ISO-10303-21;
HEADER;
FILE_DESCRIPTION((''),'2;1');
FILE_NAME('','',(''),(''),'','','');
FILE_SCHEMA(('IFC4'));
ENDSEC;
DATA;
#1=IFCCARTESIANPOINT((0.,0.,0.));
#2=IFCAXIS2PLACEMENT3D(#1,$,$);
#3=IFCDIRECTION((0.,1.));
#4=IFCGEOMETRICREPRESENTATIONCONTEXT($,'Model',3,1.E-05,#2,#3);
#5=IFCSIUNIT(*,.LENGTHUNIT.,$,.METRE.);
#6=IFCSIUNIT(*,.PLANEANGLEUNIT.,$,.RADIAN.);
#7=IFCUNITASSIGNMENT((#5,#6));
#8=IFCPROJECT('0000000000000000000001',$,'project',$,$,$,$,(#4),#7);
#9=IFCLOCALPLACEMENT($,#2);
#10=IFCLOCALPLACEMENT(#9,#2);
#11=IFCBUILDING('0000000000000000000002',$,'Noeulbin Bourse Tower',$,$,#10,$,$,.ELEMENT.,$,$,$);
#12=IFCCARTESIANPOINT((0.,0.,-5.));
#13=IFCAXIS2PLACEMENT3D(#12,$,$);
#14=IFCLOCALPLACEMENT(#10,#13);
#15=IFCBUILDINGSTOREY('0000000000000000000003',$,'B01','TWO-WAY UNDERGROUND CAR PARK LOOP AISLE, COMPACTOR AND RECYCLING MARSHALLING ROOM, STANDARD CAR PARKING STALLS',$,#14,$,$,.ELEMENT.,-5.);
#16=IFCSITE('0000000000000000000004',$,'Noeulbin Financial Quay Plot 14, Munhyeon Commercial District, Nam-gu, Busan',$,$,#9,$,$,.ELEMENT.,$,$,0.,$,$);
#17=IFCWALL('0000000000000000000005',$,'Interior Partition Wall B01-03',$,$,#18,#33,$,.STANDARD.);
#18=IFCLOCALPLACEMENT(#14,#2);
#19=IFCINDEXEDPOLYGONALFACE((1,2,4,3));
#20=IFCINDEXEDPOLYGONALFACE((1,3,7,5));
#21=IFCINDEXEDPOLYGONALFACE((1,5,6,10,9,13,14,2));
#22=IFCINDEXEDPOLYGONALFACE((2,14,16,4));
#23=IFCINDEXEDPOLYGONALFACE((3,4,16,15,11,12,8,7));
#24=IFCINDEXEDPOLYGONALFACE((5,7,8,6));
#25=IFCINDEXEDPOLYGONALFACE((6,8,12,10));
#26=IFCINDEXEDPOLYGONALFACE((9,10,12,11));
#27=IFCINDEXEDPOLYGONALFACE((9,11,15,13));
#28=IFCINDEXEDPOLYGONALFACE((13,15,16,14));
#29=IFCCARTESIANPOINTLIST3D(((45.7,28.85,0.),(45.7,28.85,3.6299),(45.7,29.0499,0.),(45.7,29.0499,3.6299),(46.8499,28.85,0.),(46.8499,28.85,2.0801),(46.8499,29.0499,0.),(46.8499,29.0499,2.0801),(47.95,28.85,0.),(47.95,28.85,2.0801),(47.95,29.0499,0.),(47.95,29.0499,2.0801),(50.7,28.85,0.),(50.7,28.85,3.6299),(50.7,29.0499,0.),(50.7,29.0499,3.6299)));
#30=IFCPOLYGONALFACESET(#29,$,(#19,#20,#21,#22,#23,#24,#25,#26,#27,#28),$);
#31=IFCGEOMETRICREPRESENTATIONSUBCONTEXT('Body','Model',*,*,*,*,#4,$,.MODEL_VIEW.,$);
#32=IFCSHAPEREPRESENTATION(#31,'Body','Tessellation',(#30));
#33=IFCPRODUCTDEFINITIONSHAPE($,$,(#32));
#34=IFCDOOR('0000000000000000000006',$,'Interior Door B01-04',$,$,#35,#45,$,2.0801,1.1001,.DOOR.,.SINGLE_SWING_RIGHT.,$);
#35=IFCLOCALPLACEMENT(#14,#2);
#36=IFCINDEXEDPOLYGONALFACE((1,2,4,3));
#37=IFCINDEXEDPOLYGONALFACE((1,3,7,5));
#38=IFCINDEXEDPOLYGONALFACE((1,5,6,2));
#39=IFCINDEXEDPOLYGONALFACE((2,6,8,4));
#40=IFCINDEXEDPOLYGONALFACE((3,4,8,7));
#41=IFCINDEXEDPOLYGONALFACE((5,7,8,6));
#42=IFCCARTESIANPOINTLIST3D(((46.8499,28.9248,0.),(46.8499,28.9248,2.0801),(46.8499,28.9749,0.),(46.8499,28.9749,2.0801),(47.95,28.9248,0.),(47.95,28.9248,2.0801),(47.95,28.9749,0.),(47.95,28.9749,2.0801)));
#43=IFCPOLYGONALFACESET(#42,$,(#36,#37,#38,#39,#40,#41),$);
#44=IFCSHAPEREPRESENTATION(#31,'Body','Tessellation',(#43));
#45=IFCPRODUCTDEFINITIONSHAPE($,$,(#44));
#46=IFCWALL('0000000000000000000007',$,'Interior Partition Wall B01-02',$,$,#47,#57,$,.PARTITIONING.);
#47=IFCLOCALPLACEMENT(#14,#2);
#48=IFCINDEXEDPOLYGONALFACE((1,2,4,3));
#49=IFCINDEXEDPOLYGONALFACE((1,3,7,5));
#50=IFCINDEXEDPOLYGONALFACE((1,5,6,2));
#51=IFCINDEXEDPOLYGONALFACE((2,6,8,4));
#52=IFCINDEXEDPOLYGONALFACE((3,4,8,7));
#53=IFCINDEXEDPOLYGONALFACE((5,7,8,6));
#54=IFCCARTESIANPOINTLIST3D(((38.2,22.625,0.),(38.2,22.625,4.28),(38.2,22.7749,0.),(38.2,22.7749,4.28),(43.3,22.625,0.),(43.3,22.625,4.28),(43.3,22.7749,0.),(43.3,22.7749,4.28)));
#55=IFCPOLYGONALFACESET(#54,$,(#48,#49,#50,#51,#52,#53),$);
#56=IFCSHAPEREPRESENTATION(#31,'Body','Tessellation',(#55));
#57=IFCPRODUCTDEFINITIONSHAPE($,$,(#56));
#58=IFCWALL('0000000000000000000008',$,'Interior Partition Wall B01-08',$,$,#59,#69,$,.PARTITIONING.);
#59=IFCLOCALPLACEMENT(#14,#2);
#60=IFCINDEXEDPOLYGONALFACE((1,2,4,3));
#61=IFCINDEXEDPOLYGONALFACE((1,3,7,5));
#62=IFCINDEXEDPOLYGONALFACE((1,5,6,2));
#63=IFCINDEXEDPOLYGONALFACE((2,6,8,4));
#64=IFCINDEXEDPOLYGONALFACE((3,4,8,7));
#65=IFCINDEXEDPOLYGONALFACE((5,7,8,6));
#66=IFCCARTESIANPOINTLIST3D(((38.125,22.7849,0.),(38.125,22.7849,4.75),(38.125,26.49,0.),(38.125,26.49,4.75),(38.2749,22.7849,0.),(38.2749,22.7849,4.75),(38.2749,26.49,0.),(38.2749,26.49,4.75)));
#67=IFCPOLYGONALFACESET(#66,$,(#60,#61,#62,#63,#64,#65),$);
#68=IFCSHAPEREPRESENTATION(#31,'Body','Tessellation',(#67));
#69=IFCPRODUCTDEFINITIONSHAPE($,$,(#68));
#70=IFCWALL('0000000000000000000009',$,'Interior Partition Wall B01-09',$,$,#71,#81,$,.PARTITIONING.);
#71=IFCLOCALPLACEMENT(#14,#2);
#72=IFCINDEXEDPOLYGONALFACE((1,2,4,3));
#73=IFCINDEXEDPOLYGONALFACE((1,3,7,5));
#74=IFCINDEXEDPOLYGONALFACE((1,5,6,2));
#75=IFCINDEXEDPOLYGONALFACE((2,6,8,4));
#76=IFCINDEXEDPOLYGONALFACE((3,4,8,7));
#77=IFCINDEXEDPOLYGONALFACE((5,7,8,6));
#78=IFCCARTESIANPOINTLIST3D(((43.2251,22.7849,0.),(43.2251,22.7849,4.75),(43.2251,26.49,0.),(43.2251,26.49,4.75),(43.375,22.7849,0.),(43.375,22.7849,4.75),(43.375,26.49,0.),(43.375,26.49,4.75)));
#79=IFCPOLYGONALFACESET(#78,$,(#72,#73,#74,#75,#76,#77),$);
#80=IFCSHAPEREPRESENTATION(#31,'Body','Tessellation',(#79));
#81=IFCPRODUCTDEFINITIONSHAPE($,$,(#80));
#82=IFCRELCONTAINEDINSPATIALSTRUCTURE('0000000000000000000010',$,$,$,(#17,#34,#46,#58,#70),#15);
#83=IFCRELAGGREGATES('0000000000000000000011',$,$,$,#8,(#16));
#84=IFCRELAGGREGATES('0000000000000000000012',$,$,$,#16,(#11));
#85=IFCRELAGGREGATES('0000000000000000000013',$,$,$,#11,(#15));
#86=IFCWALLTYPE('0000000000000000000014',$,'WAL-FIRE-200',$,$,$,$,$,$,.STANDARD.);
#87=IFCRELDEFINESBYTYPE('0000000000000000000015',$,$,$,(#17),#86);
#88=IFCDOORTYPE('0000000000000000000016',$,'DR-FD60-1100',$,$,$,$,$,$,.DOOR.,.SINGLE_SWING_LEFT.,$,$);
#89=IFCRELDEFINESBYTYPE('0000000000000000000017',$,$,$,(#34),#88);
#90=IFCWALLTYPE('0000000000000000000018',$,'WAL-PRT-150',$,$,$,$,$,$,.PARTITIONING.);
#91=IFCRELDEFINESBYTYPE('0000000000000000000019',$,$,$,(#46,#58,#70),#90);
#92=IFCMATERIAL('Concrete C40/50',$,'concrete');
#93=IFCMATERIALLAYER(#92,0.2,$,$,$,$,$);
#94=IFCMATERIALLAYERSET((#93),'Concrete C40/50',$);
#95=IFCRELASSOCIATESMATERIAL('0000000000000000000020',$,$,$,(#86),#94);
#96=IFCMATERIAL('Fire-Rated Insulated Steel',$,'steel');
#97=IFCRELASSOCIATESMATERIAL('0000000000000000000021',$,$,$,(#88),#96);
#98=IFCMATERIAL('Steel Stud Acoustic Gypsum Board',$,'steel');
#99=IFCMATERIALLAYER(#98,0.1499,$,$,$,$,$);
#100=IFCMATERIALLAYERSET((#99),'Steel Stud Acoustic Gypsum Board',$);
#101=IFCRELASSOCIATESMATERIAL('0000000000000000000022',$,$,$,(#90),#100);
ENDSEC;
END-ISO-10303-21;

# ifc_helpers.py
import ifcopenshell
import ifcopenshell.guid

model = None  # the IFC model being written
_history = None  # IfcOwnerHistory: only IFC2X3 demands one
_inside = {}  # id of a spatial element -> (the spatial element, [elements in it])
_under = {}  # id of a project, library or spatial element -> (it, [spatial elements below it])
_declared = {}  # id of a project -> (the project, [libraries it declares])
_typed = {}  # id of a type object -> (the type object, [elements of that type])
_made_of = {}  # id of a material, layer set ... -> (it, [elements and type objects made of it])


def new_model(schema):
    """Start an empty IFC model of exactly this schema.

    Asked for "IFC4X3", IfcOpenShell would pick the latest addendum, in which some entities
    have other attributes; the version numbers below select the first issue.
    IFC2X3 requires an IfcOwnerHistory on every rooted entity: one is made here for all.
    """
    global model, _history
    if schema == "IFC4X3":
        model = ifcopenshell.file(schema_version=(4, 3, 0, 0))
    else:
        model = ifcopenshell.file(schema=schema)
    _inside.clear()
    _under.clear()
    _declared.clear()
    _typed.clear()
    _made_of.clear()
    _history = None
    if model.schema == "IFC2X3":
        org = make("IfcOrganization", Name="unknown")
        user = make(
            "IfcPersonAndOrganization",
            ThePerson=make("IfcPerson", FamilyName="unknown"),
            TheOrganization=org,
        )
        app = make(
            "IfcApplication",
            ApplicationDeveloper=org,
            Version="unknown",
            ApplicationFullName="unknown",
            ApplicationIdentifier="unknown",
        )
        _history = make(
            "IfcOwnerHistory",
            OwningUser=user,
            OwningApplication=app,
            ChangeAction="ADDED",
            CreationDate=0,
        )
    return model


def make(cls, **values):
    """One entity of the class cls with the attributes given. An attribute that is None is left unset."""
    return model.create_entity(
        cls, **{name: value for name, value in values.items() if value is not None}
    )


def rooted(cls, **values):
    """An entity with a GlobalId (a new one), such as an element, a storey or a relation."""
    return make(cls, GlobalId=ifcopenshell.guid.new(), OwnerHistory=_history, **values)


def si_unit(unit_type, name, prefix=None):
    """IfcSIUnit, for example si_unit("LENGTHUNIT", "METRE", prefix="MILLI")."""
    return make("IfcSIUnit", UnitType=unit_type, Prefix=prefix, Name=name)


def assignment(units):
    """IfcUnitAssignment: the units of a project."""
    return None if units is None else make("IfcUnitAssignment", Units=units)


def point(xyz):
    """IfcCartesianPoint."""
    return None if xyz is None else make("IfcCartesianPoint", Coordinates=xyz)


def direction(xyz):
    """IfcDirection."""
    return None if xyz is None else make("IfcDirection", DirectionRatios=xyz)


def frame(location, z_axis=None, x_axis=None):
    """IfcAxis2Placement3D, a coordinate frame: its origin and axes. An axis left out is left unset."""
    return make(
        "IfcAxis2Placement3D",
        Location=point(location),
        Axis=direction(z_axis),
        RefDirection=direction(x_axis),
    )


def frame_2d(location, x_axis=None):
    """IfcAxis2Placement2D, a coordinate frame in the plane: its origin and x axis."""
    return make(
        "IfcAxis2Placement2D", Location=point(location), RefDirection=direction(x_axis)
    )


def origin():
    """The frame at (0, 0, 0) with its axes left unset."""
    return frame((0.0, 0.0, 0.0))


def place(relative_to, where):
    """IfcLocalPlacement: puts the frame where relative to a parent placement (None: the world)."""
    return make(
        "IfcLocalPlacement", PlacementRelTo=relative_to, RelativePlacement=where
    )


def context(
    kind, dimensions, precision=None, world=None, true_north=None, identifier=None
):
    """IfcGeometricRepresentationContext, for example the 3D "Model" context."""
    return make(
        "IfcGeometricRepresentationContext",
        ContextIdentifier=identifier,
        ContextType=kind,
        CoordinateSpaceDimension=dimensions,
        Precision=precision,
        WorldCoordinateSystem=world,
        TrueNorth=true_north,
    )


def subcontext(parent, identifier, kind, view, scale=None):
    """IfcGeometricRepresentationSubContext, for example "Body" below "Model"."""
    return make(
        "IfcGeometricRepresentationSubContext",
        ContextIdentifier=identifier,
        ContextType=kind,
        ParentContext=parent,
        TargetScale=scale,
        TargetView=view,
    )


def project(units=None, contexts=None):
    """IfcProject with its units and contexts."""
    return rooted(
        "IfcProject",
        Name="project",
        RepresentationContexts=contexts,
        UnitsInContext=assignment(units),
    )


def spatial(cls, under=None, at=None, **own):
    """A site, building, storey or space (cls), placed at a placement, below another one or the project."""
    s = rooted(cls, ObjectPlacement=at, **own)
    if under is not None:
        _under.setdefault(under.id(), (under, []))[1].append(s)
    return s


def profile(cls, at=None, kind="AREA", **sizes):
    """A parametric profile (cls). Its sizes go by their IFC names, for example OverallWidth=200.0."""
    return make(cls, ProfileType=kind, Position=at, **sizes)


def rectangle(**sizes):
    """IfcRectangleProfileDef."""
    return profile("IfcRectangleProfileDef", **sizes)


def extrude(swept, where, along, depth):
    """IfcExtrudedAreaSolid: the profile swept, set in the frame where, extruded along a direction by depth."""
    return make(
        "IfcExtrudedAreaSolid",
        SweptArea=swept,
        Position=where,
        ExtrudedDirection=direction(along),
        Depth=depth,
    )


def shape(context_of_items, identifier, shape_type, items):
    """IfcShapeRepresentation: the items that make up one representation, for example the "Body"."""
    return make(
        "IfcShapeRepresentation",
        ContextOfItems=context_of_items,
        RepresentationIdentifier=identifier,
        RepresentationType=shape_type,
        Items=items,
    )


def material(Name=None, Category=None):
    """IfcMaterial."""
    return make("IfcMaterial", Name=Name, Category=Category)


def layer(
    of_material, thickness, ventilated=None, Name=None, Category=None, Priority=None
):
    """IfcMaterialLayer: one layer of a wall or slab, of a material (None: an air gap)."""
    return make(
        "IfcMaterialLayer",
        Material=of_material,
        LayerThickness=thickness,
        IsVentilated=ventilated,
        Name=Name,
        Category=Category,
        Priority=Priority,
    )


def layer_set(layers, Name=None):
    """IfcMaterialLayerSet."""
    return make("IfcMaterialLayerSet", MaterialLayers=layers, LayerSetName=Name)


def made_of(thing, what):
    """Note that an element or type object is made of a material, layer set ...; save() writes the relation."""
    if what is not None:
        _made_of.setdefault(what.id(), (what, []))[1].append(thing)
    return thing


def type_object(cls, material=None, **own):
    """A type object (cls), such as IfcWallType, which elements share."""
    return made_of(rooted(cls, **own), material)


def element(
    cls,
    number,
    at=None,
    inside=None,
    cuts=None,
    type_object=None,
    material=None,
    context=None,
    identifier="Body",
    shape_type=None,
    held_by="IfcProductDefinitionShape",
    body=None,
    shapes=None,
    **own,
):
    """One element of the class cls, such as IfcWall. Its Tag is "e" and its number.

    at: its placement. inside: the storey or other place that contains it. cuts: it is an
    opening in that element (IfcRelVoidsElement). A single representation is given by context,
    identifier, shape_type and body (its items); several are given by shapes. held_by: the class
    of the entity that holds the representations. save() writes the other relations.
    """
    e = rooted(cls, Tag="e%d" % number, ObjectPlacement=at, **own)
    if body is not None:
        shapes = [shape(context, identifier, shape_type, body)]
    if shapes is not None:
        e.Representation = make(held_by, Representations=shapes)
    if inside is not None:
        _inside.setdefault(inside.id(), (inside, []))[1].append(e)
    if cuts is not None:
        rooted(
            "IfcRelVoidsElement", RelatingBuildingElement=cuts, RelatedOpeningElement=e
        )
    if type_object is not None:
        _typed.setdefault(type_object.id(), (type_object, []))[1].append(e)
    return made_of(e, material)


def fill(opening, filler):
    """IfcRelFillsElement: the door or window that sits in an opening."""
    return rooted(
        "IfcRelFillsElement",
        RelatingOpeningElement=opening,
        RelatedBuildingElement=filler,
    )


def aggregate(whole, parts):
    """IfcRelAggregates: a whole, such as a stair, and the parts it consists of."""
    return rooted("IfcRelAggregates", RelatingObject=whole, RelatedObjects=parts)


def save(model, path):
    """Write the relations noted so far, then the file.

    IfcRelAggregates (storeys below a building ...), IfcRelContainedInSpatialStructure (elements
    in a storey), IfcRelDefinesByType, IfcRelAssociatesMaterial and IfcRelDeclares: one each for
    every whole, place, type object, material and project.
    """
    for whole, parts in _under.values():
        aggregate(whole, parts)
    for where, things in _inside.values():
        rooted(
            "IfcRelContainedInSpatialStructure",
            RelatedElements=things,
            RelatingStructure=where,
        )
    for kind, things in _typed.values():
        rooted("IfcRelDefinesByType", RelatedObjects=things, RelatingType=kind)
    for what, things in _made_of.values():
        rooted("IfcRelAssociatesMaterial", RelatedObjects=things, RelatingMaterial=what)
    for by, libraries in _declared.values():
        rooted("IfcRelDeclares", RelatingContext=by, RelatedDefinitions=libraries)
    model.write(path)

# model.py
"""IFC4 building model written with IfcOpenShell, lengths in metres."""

from ifc_helpers import new_model, si_unit, direction, frame, frame_2d, origin, place, context, subcontext, project, spatial, rectangle, extrude, material, layer, layer_set, type_object, element, fill, save


model = new_model("IFC4")

# Units and contexts
model_context = context("Model", 3, precision=1e-05, world=origin(), true_north=direction((0.0, 1.0)))
body_context = subcontext(model_context, "Body", "Model", "MODEL_VIEW")
ifc_project = project(units=[si_unit("LENGTHUNIT", "METRE"), si_unit("PLANEANGLEUNIT", "RADIAN")], contexts=[model_context])

# Site, building, storey
site_placement = place(None, origin())
site = spatial("IfcSite", under=ifc_project, at=site_placement, Name="Noeulbin Financial Quay Plot 14, Munhyeon Commercial District, Nam-gu, Busan", CompositionType="ELEMENT", RefElevation=0.0)
building_placement = place(site_placement, origin())
building = spatial("IfcBuilding", under=site, at=building_placement, Name="Noeulbin Bourse Tower", CompositionType="ELEMENT")
storey_placement = place(building_placement, frame((0.0, 0.0, -5.0)))
storey = spatial("IfcBuildingStorey", under=building, at=storey_placement, Name="B01", Description="TWO-WAY UNDERGROUND CAR PARK LOOP AISLE, COMPACTOR AND RECYCLING MARSHALLING ROOM, STANDARD CAR PARKING STALLS", CompositionType="ELEMENT", Elevation=-5.0)

# Wall, opening, door
ifc_material_1 = material(Name="Concrete C40/50", Category="concrete")
ifc_layer_1 = layer(ifc_material_1, 0.2)
ifc_layer_set_1 = layer_set([ifc_layer_1], Name="Concrete C40/50")
wall_type_1 = type_object("IfcWallType", Name="WAL-FIRE-200", PredefinedType="STANDARD", material=ifc_layer_set_1)
wall_1_placement = place(storey_placement, frame((45.7, 28.95, 0.0), z_axis=(0.0, 0.0, 1.0), x_axis=(1.0, 0.0, 0.0)))
wall_1 = element("IfcWall", 1, at=wall_1_placement, inside=storey, type_object=wall_type_1, Name="Interior Partition Wall B01-03", PredefinedType="STANDARD", context=body_context, shape_type="SweptSolid", body=[
    extrude(rectangle(XDim=5.0, YDim=0.2, at=frame_2d((2.5, 0.0))), origin(), (0.0, 0.0, 1.0), 3.6299),
])
opening_placement = place(wall_1_placement, frame((1.1499, 0.0, 0.0)))
opening = element("IfcOpeningElement", 2, at=opening_placement, cuts=wall_1, PredefinedType="OPENING", context=body_context, shape_type="SweptSolid", body=[
    extrude(rectangle(XDim=1.1001, YDim=2.0801, at=frame_2d((0.55, 1.04))), frame((0.0, 0.1099, 0.0), z_axis=(0.0, -1.0, 0.0), x_axis=(1.0, 0.0, 0.0)), (0.0, 0.0, 1.0), 0.22),
])
ifc_material_2 = material(Name="Fire-Rated Insulated Steel", Category="steel")
door_type = type_object("IfcDoorType", Name="DR-FD60-1100", OperationType="SINGLE_SWING_LEFT", PredefinedType="DOOR", material=ifc_material_2)
door_placement = place(opening_placement, origin())
door = element("IfcDoor", 3, at=door_placement, inside=storey, type_object=door_type, Name="Interior Door B01-04", OperationType="SINGLE_SWING_RIGHT", OverallHeight=2.0801, OverallWidth=1.1001, PredefinedType="DOOR", context=body_context, shape_type="SweptSolid", body=[
    extrude(rectangle(XDim=1.1001, YDim=2.0801, at=frame_2d((0.55, 1.04))), frame((0.0, 0.0249, 0.0), z_axis=(0.0, -1.0, 0.0), x_axis=(1.0, 0.0, 0.0)), (0.0, 0.0, 1.0), 0.05),
])
fill(opening, door)

# Walls
ifc_material_3 = material(Name="Steel Stud Acoustic Gypsum Board", Category="steel")
ifc_layer_2 = layer(ifc_material_3, 0.1499)
ifc_layer_set_2 = layer_set([ifc_layer_2], Name="Steel Stud Acoustic Gypsum Board")
wall_type_2 = type_object("IfcWallType", Name="WAL-PRT-150", PredefinedType="PARTITIONING", material=ifc_layer_set_2)
wall_2_placement = place(storey_placement, frame((38.2, 22.7, 0.0), z_axis=(0.0, 0.0, 1.0), x_axis=(1.0, 0.0, 0.0)))
element("IfcWall", 4, at=wall_2_placement, inside=storey, type_object=wall_type_2, Name="Interior Partition Wall B01-02", PredefinedType="PARTITIONING", context=body_context, shape_type="SweptSolid", body=[
    extrude(rectangle(XDim=5.1001, YDim=0.1499, at=frame_2d((2.55, 0.0))), origin(), (0.0, 0.0, 1.0), 4.28),
])
for number, where, z_axis, x_axis, name in (
    (5, (38.2, 22.7849, 0.0), (0.0, 0.0, 1.0), (0.0, 1.0, 0.0), "Interior Partition Wall B01-08"),
    (6, (43.3, 22.7849, 0.0), (0.0, 0.0, 1.0), (0.0, 1.0, 0.0), "Interior Partition Wall B01-09"),
):
    element("IfcWall", number, at=place(storey_placement, frame(where, z_axis=z_axis, x_axis=x_axis)), inside=storey, type_object=wall_type_2, Name=name, PredefinedType="PARTITIONING", context=body_context, shape_type="SweptSolid", body=[
        extrude(rectangle(XDim=3.7051, YDim=0.1499, at=frame_2d((1.8525, 0.0))), origin(), (0.0, 0.0, 1.0), 4.75),
    ])

save(model, "model.ifc")
